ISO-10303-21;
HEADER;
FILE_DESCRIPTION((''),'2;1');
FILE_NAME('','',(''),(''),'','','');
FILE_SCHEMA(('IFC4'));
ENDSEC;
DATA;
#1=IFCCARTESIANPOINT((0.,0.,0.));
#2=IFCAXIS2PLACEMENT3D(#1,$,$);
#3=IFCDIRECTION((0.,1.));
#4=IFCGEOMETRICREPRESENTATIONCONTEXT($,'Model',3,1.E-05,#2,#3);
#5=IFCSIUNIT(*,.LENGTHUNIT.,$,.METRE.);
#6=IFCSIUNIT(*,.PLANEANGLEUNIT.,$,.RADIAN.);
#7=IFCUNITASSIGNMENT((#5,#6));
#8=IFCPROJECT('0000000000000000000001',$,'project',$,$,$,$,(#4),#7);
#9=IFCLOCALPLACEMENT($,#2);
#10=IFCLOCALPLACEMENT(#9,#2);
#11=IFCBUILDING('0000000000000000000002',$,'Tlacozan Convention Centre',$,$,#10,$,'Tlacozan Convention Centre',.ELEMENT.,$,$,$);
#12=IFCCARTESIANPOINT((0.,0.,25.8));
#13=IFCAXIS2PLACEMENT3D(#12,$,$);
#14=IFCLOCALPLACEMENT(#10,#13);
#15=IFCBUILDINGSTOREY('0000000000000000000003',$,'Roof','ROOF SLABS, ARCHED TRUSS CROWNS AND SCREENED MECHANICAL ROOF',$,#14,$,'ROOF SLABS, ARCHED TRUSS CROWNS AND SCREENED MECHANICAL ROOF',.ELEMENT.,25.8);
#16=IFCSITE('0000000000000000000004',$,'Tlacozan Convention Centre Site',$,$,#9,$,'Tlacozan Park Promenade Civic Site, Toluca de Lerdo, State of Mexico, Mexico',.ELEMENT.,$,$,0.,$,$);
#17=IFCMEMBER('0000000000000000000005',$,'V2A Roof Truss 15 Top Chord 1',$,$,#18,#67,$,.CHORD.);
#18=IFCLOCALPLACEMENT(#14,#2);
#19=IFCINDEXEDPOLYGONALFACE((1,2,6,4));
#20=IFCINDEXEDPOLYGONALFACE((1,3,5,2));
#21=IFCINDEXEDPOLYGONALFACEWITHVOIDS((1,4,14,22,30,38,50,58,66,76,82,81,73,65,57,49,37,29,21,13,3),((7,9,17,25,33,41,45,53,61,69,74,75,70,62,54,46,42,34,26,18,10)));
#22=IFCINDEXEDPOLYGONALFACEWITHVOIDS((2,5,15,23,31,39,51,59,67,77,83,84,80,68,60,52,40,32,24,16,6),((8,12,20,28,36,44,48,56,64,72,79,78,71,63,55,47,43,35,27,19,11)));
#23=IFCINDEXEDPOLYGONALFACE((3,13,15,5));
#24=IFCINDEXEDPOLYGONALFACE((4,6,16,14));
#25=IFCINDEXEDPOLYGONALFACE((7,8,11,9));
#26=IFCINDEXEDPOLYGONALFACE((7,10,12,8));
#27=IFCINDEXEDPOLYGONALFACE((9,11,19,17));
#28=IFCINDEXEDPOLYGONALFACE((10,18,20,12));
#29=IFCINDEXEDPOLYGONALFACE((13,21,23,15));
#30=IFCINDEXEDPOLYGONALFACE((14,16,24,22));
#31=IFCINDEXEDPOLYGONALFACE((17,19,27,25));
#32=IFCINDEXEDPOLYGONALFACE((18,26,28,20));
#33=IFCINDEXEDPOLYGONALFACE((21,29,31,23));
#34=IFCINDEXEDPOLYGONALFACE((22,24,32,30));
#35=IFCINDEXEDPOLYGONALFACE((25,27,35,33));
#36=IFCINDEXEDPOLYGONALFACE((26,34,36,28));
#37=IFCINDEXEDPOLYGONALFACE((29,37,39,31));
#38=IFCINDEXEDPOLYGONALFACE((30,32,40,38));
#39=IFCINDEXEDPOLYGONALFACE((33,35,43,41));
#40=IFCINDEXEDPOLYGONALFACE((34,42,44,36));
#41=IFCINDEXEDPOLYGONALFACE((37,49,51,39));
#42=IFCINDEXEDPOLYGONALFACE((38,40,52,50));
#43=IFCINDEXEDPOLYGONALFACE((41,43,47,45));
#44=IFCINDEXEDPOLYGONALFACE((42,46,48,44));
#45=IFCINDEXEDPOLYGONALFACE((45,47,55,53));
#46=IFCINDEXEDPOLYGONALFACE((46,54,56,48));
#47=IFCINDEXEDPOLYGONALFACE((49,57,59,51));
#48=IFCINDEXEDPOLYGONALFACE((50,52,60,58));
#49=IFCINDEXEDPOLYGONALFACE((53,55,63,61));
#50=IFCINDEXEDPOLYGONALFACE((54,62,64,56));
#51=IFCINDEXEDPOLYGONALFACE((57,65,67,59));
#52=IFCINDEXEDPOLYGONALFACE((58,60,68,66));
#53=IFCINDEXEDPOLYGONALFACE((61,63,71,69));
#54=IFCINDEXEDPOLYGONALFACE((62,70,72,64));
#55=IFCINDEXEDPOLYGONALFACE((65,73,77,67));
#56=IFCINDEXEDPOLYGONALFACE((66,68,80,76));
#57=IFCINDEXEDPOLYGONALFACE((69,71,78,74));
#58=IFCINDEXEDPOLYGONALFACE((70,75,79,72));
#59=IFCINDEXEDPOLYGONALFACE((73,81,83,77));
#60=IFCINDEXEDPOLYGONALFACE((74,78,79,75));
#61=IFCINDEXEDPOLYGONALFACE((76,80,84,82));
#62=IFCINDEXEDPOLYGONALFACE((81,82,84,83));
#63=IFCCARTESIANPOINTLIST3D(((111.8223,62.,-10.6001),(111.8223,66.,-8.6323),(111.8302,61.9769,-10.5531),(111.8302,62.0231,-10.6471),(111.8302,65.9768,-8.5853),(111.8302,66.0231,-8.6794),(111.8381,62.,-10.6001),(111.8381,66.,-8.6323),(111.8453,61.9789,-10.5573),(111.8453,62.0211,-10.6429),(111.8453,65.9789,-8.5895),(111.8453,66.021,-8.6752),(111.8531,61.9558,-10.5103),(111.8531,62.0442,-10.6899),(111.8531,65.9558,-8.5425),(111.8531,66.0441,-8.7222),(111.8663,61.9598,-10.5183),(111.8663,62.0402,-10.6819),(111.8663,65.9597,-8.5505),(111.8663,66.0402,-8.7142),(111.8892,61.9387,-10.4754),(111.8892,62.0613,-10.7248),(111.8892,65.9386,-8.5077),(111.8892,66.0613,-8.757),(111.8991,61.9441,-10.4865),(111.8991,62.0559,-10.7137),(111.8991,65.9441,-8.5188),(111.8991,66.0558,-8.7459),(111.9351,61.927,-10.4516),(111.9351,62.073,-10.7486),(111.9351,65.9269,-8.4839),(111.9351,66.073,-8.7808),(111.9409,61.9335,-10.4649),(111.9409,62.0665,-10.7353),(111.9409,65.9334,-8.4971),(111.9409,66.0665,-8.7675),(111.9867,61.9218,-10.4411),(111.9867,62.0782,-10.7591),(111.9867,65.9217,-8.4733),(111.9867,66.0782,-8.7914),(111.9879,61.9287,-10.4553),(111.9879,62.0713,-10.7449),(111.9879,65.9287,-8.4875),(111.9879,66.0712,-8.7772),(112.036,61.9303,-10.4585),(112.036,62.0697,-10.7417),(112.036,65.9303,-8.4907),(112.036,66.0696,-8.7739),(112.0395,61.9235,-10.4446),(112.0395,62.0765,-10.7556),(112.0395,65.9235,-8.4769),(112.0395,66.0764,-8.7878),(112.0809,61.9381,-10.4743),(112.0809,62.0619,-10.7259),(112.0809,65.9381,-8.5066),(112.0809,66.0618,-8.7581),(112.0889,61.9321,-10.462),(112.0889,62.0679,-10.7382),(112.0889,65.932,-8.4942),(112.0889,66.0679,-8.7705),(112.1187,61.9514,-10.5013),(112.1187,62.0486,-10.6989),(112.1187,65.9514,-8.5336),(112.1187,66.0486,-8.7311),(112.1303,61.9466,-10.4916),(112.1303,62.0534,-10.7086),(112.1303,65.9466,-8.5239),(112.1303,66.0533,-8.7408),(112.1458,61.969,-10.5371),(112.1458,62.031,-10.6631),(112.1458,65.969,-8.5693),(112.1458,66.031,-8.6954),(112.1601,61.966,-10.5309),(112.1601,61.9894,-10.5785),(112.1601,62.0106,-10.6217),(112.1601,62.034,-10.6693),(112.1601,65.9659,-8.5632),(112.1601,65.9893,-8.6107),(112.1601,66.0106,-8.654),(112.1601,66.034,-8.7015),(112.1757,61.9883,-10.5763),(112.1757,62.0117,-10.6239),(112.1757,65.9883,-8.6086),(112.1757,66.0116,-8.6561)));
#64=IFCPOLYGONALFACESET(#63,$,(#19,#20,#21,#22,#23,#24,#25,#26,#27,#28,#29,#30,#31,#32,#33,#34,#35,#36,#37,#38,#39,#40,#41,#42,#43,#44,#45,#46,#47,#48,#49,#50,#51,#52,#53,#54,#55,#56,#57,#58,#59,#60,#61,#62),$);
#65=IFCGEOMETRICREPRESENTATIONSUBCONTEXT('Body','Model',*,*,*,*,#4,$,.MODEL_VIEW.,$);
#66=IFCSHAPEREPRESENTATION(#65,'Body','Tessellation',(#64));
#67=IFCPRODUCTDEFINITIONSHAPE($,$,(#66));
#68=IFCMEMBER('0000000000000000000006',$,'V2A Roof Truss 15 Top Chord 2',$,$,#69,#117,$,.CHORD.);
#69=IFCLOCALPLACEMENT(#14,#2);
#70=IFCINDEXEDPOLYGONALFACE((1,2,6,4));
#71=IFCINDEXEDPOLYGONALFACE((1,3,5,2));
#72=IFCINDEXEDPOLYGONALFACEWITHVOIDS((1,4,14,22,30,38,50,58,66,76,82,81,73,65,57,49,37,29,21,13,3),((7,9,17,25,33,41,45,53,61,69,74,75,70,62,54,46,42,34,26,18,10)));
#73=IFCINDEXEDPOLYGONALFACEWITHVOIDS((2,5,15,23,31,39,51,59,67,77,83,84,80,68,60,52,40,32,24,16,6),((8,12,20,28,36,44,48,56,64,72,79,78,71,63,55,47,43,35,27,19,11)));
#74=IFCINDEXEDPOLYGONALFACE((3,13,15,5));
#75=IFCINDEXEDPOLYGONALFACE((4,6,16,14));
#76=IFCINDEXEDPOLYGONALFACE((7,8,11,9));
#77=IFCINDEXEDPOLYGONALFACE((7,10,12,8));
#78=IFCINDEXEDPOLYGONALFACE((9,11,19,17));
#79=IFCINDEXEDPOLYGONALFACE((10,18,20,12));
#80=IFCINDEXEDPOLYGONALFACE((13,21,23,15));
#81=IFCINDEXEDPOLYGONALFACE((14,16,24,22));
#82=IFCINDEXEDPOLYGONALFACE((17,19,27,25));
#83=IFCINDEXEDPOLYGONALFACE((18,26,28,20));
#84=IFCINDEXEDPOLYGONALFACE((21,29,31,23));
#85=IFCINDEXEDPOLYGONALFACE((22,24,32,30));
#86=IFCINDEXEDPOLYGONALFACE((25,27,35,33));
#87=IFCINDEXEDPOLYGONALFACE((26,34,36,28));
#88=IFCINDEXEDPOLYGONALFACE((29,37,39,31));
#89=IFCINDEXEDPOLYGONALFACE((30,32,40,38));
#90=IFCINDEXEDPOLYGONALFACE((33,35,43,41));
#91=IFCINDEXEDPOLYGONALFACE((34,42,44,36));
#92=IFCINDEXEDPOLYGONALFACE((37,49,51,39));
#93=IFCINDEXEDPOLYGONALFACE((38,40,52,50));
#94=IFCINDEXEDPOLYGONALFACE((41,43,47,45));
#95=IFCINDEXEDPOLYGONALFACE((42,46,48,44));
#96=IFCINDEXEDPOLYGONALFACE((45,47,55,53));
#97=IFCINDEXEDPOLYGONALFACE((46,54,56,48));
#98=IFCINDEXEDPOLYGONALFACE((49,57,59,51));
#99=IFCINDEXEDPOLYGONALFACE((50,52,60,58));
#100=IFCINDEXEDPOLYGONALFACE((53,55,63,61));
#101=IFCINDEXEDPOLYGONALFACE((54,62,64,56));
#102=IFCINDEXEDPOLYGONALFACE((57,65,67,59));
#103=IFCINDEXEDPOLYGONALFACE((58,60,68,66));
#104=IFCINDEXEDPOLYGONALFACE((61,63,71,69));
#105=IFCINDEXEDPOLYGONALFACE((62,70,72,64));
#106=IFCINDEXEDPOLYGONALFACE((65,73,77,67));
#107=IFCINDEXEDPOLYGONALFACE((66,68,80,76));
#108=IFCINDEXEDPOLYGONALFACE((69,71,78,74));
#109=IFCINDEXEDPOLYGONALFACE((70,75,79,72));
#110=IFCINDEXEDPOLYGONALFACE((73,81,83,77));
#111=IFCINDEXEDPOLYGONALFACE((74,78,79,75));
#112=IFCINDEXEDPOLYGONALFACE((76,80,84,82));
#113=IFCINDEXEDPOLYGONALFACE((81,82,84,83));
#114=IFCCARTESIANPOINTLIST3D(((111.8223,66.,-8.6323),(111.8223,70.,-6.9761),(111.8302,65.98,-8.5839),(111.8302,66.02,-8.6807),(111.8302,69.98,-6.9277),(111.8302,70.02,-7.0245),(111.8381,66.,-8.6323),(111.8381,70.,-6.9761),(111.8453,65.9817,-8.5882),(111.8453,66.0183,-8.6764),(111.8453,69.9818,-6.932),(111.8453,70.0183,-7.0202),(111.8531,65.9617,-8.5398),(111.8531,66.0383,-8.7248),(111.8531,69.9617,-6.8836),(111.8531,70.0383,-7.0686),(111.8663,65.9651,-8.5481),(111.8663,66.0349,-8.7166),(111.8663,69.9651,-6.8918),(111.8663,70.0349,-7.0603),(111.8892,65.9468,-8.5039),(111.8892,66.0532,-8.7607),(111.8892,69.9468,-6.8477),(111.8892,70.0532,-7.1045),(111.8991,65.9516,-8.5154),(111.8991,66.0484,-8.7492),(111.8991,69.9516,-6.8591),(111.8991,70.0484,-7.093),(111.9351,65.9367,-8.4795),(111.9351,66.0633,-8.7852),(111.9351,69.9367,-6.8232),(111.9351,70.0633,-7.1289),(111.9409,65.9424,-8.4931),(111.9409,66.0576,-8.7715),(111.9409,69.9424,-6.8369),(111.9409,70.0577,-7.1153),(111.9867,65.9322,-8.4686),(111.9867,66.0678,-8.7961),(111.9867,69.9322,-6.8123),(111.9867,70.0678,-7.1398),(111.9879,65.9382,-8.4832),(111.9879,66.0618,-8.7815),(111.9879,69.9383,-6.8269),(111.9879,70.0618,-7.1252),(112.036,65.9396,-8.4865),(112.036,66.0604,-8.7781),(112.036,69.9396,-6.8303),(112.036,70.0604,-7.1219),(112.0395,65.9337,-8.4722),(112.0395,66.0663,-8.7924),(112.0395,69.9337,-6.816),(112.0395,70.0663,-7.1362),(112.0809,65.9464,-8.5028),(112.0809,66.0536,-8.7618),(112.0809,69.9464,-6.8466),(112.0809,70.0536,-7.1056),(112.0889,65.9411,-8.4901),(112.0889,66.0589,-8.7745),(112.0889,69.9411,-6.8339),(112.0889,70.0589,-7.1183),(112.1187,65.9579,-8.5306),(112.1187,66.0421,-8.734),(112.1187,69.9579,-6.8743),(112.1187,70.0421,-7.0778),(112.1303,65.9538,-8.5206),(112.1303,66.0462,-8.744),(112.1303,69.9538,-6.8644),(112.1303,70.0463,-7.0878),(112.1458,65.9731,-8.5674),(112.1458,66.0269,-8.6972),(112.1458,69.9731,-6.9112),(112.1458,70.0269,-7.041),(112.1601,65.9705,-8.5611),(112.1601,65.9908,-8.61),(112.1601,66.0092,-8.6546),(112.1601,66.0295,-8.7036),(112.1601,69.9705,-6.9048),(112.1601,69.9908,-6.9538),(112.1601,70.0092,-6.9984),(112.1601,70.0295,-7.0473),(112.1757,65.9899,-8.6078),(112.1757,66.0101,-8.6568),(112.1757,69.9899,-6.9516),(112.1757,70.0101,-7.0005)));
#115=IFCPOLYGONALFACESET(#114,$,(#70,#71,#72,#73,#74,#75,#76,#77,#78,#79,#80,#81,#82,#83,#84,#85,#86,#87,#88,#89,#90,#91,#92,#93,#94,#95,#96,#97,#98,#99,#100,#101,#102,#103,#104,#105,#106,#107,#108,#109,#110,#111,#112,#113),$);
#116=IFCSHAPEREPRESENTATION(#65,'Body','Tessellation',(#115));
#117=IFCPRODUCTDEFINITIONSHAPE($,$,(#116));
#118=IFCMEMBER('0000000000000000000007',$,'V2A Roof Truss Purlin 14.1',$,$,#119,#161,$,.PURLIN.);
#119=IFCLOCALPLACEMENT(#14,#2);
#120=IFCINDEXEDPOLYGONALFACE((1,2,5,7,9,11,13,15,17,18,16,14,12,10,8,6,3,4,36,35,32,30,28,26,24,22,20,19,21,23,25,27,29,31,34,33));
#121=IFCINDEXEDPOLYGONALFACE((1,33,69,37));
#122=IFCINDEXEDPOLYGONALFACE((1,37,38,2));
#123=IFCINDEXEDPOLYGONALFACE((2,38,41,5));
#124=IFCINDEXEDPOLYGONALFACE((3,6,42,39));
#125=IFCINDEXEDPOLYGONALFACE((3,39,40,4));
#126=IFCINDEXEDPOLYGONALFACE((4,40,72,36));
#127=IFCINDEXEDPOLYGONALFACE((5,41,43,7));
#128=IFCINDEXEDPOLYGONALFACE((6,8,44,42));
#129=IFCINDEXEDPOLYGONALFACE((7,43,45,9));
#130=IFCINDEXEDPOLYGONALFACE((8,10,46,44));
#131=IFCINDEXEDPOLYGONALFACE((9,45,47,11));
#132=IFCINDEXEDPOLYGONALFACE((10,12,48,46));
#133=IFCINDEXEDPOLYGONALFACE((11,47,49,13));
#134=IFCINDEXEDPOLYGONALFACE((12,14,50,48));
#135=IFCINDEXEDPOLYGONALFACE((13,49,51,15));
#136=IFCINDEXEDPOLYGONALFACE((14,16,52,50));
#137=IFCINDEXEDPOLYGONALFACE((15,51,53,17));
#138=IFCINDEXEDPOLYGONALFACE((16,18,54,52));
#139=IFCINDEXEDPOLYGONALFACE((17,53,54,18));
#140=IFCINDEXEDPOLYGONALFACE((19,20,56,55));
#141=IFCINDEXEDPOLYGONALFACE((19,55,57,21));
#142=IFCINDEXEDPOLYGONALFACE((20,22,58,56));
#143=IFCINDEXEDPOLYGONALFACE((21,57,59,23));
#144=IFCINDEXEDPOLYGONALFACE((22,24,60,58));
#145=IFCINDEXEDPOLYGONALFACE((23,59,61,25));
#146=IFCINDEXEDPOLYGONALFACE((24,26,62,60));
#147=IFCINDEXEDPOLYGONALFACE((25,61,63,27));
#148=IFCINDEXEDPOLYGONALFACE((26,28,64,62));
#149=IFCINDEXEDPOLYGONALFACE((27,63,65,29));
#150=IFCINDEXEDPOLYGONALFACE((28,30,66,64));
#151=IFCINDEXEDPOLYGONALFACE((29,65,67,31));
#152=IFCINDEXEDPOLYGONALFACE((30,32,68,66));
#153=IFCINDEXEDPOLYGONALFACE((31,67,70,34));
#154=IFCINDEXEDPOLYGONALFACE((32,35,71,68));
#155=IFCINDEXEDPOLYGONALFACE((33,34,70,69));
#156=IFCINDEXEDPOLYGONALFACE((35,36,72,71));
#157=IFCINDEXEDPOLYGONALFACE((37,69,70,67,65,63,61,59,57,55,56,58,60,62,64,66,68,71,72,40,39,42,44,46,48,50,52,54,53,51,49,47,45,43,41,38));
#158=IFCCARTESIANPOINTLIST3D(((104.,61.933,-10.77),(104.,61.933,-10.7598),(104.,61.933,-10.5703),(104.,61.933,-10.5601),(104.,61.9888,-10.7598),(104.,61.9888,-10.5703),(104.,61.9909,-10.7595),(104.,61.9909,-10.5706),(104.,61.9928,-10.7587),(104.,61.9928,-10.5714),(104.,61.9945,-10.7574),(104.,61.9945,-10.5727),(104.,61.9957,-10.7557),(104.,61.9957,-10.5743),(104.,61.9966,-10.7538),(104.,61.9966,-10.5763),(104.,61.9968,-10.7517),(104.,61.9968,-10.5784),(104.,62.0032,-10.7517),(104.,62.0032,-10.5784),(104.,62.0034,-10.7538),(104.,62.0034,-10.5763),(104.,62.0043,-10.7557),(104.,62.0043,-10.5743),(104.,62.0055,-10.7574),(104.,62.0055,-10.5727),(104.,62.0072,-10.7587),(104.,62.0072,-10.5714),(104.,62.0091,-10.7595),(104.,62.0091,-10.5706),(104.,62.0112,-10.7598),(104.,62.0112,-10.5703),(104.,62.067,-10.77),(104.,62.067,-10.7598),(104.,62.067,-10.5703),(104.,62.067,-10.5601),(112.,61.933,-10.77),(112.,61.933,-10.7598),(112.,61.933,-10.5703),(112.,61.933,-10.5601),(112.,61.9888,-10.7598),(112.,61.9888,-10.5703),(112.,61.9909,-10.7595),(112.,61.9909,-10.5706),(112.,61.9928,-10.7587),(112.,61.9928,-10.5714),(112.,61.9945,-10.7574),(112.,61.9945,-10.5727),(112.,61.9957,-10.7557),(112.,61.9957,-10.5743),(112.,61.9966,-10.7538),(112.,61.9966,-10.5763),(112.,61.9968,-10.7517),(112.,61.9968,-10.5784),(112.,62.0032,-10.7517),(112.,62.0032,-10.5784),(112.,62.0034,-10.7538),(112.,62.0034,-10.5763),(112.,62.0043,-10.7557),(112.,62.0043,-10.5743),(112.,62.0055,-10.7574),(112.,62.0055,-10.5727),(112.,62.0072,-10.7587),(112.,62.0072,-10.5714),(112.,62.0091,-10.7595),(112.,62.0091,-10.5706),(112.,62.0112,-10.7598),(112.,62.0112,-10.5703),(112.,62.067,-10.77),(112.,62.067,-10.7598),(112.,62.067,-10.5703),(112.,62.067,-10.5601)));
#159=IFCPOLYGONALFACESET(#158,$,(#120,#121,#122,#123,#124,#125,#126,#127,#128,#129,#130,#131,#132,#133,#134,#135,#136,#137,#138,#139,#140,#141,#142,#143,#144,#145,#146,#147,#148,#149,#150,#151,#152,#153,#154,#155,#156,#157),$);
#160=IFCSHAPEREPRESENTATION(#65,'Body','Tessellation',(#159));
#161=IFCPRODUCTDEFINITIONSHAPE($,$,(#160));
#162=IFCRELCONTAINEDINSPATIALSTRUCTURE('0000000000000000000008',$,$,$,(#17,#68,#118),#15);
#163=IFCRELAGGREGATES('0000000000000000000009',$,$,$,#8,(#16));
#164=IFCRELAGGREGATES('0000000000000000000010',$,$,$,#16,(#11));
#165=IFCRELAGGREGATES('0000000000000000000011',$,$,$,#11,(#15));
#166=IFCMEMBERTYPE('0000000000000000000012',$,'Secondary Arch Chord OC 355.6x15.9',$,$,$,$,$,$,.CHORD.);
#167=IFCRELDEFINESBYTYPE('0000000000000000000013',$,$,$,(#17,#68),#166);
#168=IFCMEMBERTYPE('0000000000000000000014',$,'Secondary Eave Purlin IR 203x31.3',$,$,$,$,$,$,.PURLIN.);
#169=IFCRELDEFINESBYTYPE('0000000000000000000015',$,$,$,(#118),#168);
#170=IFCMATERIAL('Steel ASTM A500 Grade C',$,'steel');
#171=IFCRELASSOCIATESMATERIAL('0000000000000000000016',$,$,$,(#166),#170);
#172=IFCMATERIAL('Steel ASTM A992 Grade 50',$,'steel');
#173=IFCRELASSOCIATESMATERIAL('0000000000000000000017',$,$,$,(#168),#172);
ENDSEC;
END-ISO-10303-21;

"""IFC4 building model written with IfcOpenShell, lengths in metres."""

from ifc_helpers import new_model, si_unit, direction, frame, origin, origin_2d, place, context, subcontext, project, spatial, hollow_circle, i_section, extrude, material, material_profile, profile_set, type_object, element, save


model = new_model("IFC4")

# Units and contexts
model_context = context("Model", 3, precision=1e-05, world=origin(), true_north=direction((0.0, 1.0)))
body_context = subcontext(model_context, "Body", "Model", "MODEL_VIEW")
ifc_project = project(units=[si_unit("LENGTHUNIT", "METRE"), si_unit("PLANEANGLEUNIT", "RADIAN")], contexts=[model_context])

# Site, building, storey
site_placement = place(None, origin())
site = spatial("IfcSite", under=ifc_project, at=site_placement, Name="Tlacozan Convention Centre Site", LongName="Tlacozan Park Promenade Civic Site, Toluca de Lerdo, State of Mexico, Mexico", CompositionType="ELEMENT", RefElevation=0.0)
building_placement = place(site_placement, origin())
building = spatial("IfcBuilding", under=site, at=building_placement, Name="Tlacozan Convention Centre", LongName="Tlacozan Convention Centre", CompositionType="ELEMENT")
storey_placement = place(building_placement, frame((0.0, 0.0, 25.8)))
storey = spatial("IfcBuildingStorey", under=building, at=storey_placement, Name="Roof", Description="ROOF SLABS, ARCHED TRUSS CROWNS AND SCREENED MECHANICAL ROOF", LongName="ROOF SLABS, ARCHED TRUSS CROWNS AND SCREENED MECHANICAL ROOF", CompositionType="ELEMENT", Elevation=25.8)

# Members
ifc_material_1 = material(Name="Steel ASTM A500 Grade C", Category="steel")
ifc_material_profile_1 = material_profile(ifc_material_1, hollow_circle(Radius=0.1777, WallThickness=0.0159, at=origin_2d()), Name="OC 355.6x15.9")
ifc_profile_set_1 = profile_set([ifc_material_profile_1], Name="Steel ASTM A500 Grade C")
member_type_1 = type_object("IfcMemberType", Name="Secondary Arch Chord OC 355.6x15.9", PredefinedType="CHORD", material=ifc_profile_set_1)
member_1_placement = place(storey_placement, frame((112.0, 62.0, -10.6001), z_axis=(0.0, 0.8973, 0.441421), x_axis=(-1.0, 0.0, 0.0)))
element("IfcMember", 1, at=member_1_placement, inside=storey, type_object=member_type_1, Name="V2A Roof Truss 15 Top Chord 1", PredefinedType="CHORD", context=body_context, shape_type="SweptSolid", body=[
    extrude(hollow_circle(Radius=0.1777, WallThickness=0.0159, at=origin_2d()), origin(), (0.0, 0.0, 1.0), 4.4578),
])
member_2_placement = place(storey_placement, frame((112.0, 66.0, -8.6323), z_axis=(0.0, 0.923929, 0.382564), x_axis=(-1.0, 0.0, 0.0)))
element("IfcMember", 2, at=member_2_placement, inside=storey, type_object=member_type_1, Name="V2A Roof Truss 15 Top Chord 2", PredefinedType="CHORD", context=body_context, shape_type="SweptSolid", body=[
    extrude(hollow_circle(Radius=0.1777, WallThickness=0.0159, at=origin_2d()), origin(), (0.0, 0.0, 1.0), 4.3293),
])
ifc_material_2 = material(Name="Steel ASTM A992 Grade 50", Category="steel")
ifc_material_profile_2 = material_profile(ifc_material_2, i_section(OverallWidth=0.134, OverallDepth=0.21, WebThickness=0.0063, FlangeThickness=0.0103, FilletRadius=0.0081, at=origin_2d()), Name="IR 203x31.3")
ifc_profile_set_2 = profile_set([ifc_material_profile_2], Name="Steel ASTM A992 Grade 50")
member_type_2 = type_object("IfcMemberType", Name="Secondary Eave Purlin IR 203x31.3", PredefinedType="PURLIN", material=ifc_profile_set_2)
for number, where, z_axis, x_axis, name in (
    (3, (104.0, 62.0, -10.665), (1.0, 0.0, 0.0), (0.0, 1.0, 0.0), "V2A Roof Truss Purlin 14.1"),
):
    element("IfcMember", number, at=place(storey_placement, frame(where, z_axis=z_axis, x_axis=x_axis)), inside=storey, type_object=member_type_2, Name=name, PredefinedType="PURLIN", context=body_context, shape_type="SweptSolid", body=[
        extrude(i_section(OverallWidth=0.134, OverallDepth=0.21, WebThickness=0.0063, FlangeThickness=0.0103, FilletRadius=0.0081, at=origin_2d()), origin(), (0.0, 0.0, 1.0), 8.0),
    ])

save(model, "model.ifc")
